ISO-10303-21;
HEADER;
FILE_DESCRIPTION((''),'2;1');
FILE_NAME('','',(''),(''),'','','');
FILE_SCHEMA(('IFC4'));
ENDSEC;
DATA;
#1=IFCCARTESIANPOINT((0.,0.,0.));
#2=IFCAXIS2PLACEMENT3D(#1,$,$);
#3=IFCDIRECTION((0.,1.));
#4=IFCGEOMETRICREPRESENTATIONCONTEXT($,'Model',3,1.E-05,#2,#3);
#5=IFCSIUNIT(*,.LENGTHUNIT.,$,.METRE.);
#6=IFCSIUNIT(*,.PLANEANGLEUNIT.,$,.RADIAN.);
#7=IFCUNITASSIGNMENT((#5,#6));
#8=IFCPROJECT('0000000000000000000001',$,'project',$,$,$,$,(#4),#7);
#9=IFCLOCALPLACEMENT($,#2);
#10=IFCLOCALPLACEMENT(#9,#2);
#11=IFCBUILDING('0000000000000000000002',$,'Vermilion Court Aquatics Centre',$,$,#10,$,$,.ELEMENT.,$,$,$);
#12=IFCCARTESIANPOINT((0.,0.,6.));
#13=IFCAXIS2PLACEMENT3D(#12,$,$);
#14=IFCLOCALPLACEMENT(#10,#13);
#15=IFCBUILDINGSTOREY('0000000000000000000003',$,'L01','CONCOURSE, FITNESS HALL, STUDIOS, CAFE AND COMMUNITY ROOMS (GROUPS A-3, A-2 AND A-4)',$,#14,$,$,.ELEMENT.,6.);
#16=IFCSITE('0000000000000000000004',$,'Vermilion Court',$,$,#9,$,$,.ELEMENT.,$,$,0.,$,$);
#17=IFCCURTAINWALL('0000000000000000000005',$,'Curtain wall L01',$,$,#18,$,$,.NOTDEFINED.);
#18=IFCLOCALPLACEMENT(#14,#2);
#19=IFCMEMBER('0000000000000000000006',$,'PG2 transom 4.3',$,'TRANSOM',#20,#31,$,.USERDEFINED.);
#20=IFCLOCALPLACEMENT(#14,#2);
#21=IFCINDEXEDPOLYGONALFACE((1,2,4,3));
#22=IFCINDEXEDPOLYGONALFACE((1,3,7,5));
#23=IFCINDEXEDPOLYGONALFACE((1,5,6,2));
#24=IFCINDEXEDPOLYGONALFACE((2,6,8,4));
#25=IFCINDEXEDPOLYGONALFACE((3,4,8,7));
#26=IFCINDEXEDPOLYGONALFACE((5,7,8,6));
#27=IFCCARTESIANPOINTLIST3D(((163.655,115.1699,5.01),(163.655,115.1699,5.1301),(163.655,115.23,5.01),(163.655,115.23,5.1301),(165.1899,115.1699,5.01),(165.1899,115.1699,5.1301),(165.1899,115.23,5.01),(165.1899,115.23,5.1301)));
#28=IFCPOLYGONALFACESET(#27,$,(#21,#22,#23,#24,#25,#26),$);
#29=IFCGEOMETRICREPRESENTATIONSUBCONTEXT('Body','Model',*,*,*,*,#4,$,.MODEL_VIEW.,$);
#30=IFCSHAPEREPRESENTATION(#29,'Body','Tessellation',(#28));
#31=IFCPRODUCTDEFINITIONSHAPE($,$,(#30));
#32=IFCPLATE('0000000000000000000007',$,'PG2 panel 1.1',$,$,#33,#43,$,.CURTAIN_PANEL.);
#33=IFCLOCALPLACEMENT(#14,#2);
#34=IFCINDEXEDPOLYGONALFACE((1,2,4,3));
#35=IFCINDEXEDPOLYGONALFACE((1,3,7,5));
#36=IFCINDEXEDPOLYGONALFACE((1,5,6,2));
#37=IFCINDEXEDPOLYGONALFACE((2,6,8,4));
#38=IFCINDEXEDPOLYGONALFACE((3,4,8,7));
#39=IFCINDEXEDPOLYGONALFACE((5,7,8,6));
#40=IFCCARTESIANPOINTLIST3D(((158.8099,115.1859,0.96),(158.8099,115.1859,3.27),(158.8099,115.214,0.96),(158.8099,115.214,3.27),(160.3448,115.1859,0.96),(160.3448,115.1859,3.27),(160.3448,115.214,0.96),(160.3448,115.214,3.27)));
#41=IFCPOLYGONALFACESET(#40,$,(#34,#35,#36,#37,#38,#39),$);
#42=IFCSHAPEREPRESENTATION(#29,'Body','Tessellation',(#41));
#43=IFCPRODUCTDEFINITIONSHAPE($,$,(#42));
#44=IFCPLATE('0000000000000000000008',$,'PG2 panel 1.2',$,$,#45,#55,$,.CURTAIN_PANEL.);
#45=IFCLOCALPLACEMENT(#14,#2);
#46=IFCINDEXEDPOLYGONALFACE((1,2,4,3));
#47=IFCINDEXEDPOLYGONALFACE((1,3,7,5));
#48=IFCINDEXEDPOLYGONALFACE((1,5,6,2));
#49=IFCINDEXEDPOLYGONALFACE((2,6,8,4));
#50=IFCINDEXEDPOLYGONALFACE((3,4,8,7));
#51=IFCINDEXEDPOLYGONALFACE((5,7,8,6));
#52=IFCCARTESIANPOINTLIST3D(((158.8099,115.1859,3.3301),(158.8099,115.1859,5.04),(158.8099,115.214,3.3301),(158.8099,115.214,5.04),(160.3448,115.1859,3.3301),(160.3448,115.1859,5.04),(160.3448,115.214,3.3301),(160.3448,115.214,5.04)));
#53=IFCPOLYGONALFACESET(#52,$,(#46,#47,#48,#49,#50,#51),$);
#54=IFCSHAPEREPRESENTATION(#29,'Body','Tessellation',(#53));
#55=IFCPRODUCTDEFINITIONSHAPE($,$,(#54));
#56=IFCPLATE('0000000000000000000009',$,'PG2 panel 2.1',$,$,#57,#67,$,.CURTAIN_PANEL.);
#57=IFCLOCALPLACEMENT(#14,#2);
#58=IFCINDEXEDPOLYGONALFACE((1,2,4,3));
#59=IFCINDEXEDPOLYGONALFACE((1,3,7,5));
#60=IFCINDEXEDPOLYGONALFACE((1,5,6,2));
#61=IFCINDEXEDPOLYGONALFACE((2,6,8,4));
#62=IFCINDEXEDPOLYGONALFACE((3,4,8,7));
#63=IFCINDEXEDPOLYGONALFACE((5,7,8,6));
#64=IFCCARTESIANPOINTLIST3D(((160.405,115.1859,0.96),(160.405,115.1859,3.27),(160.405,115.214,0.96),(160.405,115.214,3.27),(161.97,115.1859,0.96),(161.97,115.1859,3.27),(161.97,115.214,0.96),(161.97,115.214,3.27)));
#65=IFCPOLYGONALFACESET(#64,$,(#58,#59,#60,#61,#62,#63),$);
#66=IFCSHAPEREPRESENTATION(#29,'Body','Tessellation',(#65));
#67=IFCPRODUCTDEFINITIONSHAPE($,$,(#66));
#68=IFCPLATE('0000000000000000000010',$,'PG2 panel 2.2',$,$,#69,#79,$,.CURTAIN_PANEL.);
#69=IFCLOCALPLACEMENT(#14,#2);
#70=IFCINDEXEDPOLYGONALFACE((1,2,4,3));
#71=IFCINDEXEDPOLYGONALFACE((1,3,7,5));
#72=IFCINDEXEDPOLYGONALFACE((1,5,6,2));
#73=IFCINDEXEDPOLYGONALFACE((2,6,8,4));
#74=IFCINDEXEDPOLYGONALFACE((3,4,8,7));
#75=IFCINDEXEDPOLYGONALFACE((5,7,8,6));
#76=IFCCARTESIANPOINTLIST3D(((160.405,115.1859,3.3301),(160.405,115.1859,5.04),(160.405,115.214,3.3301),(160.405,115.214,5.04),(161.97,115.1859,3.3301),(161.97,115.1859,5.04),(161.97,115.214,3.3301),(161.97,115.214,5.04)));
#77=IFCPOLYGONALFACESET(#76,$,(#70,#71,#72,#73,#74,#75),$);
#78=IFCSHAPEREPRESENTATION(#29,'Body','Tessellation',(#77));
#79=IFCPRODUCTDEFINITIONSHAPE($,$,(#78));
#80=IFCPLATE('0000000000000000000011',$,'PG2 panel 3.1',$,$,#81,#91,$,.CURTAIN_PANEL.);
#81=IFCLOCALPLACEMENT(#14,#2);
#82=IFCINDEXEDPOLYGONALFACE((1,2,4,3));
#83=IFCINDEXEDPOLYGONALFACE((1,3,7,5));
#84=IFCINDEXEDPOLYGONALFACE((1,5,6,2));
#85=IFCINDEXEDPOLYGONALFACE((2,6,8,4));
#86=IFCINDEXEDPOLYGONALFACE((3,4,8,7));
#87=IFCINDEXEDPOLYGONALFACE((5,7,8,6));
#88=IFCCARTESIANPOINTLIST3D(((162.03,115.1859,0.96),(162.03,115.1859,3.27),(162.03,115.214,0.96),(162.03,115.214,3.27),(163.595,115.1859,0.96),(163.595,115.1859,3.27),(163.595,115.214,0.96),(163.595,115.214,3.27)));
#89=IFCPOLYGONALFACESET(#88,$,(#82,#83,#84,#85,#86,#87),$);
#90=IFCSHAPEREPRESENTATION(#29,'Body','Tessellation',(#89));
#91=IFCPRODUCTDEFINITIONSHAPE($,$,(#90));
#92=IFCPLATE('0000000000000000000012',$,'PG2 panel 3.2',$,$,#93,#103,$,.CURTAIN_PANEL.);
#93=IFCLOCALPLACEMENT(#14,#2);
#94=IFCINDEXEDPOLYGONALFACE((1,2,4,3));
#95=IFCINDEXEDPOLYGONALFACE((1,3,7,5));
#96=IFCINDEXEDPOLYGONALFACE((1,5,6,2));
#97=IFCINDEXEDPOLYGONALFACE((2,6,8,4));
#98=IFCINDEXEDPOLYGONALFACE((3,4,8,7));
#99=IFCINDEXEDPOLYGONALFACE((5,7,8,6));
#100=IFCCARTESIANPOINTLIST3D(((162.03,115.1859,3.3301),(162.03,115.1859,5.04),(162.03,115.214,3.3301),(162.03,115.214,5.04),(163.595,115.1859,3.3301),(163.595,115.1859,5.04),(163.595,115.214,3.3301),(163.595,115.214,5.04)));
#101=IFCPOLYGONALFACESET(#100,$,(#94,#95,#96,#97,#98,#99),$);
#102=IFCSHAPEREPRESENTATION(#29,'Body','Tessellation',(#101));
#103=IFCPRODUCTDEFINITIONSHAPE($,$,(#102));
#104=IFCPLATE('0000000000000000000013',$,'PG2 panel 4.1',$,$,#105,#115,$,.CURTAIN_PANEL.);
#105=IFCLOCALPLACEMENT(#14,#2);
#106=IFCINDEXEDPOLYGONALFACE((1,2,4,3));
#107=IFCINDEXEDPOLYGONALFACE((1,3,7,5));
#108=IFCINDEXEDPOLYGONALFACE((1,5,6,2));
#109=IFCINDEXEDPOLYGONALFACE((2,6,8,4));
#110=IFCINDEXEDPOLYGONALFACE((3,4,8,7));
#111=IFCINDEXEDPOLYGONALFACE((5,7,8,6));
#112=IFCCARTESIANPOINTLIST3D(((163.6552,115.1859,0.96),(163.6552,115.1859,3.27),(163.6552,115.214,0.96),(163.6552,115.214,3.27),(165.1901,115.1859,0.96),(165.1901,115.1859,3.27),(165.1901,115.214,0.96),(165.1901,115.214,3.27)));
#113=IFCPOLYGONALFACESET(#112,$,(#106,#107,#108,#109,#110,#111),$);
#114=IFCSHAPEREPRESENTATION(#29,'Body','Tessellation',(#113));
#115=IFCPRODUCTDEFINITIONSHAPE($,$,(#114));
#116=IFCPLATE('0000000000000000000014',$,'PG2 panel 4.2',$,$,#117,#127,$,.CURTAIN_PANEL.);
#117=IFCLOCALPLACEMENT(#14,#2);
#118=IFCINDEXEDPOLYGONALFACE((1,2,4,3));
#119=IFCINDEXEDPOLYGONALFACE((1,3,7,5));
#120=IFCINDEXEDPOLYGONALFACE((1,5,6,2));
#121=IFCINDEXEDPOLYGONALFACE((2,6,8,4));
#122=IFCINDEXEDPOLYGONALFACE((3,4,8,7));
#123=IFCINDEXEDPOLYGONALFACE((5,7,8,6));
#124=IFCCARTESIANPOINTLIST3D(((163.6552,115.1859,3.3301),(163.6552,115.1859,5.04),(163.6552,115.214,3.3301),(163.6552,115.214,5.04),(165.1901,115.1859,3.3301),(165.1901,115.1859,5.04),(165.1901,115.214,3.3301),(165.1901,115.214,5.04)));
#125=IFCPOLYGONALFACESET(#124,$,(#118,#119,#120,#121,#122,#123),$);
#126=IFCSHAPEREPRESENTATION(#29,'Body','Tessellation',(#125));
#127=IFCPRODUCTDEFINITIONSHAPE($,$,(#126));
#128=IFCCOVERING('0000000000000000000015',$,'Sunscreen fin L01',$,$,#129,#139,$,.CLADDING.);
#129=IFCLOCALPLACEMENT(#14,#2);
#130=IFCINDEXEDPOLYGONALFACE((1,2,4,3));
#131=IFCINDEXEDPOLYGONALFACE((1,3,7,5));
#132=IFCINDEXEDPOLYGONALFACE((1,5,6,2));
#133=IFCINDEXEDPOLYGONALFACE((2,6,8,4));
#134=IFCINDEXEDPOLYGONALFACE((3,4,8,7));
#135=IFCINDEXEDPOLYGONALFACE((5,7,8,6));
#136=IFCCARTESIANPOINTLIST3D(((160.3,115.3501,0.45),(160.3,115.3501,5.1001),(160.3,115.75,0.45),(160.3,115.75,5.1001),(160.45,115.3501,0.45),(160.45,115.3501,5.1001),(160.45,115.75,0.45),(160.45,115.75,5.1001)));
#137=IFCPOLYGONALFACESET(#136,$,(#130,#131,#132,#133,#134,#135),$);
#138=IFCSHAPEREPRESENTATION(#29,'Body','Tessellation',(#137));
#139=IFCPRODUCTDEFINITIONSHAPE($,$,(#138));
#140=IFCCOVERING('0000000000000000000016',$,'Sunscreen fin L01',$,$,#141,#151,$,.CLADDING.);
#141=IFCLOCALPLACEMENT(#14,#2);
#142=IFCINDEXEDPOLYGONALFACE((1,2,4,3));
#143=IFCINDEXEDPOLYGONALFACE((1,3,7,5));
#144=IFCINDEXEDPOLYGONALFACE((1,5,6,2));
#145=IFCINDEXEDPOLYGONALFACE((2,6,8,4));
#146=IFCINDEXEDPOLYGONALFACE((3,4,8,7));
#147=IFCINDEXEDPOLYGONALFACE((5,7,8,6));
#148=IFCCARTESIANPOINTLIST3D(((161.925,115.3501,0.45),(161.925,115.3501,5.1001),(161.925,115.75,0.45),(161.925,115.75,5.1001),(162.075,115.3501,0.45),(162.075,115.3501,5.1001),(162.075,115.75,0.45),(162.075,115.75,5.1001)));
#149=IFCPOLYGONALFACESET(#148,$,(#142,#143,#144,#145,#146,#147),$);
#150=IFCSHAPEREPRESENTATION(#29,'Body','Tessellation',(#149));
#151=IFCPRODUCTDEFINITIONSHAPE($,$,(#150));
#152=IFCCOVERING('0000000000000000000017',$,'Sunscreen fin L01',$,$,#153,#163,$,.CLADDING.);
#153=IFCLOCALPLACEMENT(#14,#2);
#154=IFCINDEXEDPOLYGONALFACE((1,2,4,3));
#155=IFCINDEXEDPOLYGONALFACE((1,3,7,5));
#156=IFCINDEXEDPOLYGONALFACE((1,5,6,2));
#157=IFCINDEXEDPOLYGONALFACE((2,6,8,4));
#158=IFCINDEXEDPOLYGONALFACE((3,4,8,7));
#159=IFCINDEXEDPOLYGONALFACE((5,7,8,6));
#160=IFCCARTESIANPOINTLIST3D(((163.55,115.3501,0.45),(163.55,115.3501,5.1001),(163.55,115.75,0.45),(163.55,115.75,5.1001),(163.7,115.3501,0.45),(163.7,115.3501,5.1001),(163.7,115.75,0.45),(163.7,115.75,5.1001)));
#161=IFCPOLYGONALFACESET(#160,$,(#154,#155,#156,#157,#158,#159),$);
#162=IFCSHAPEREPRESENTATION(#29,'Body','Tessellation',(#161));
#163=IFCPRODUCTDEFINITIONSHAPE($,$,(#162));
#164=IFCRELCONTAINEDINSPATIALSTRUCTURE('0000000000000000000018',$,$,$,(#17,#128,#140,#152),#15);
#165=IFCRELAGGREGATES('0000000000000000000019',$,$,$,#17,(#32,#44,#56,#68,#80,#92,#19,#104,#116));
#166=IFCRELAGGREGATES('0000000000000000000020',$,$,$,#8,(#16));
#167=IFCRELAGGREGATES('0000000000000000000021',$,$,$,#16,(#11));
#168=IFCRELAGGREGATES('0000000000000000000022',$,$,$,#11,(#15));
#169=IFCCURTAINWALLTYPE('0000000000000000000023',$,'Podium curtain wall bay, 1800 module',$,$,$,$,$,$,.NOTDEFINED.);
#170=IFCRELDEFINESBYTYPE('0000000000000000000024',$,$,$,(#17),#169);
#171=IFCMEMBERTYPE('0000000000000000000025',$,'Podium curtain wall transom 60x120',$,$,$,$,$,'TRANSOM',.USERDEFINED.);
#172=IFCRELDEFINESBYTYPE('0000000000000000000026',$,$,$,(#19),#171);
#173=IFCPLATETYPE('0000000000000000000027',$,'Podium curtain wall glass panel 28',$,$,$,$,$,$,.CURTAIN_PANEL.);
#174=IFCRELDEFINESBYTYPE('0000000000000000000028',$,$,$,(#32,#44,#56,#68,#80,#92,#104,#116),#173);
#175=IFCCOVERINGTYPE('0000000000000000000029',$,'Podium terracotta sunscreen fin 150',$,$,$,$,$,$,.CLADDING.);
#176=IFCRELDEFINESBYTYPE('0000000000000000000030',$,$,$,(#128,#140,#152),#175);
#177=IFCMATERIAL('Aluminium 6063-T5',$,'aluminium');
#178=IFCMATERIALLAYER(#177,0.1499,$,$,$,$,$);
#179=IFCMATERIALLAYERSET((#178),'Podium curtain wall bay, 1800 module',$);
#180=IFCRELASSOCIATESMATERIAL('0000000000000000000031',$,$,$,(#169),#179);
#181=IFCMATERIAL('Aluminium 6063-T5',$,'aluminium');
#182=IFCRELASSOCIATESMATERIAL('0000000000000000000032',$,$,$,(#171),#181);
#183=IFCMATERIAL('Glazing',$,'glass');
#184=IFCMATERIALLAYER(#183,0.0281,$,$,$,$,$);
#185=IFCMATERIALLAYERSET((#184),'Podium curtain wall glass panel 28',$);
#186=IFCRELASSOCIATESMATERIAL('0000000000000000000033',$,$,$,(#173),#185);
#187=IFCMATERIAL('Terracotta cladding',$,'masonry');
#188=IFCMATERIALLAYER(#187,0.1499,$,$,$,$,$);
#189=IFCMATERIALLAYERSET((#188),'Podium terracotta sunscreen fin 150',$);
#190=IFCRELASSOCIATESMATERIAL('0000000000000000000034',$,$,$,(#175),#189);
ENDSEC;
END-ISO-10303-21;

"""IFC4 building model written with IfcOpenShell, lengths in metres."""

from ifc_helpers import new_model, si_unit, direction, frame, frame_2d, origin, origin_2d, place, context, subcontext, project, spatial, rectangle, extrude, material, layer, layer_set, material_profile, profile_set, type_object, element, aggregate, save


model = new_model("IFC4")

# Units and contexts
model_context = context("Model", 3, precision=1e-05, world=origin(), true_north=direction((0.0, 1.0)))
body_context = subcontext(model_context, "Body", "Model", "MODEL_VIEW")
ifc_project = project(units=[si_unit("LENGTHUNIT", "METRE"), si_unit("PLANEANGLEUNIT", "RADIAN")], contexts=[model_context])

# Site, building, storey
site_placement = place(None, origin())
site = spatial("IfcSite", under=ifc_project, at=site_placement, Name="Vermilion Court", CompositionType="ELEMENT", RefElevation=0.0)
building_placement = place(site_placement, origin())
building = spatial("IfcBuilding", under=site, at=building_placement, Name="Vermilion Court Aquatics Centre", CompositionType="ELEMENT")
storey_placement = place(building_placement, frame((0.0, 0.0, 6.0)))
storey = spatial("IfcBuildingStorey", under=building, at=storey_placement, Name="L01", Description="CONCOURSE, FITNESS HALL, STUDIOS, CAFE AND COMMUNITY ROOMS (GROUPS A-3, A-2 AND A-4)", CompositionType="ELEMENT", Elevation=6.0)

# Curtain wall, member, plates
ifc_material_1 = material(Name="Aluminium 6063-T5", Category="aluminium")
ifc_layer_1 = layer(ifc_material_1, 0.1499)
ifc_layer_set_1 = layer_set([ifc_layer_1], Name="Podium curtain wall bay, 1800 module")
curtain_wall_type = type_object("IfcCurtainWallType", Name="Podium curtain wall bay, 1800 module", PredefinedType="NOTDEFINED", material=ifc_layer_set_1)
curtain_wall_placement = place(storey_placement, origin())
curtain_wall = element("IfcCurtainWall", 1, at=curtain_wall_placement, inside=storey, type_object=curtain_wall_type, Name="Curtain wall L01", PredefinedType="NOTDEFINED")
ifc_material_2 = material(Name="Aluminium 6063-T5", Category="aluminium")
ifc_material_profile_1 = material_profile(ifc_material_2, rectangle(XDim=0.0601, YDim=0.1201, at=origin_2d()), Name="Transom 60x120")
ifc_profile_set_1 = profile_set([ifc_material_profile_1], Name="Aluminium 6063-T5")
member_type_1 = type_object("IfcMemberType", Name="Podium curtain wall transom 60x120", ElementType="TRANSOM", PredefinedType="USERDEFINED", material=ifc_profile_set_1)
member_1_placement = place(storey_placement, frame((163.655, 115.2, 5.0701), z_axis=(1.0, 0.0, 0.0), x_axis=(0.0, 1.0, 0.0)))
member_1 = element("IfcMember", 2, at=member_1_placement, type_object=member_type_1, Name="PG2 transom 4.3", ObjectType="TRANSOM", PredefinedType="USERDEFINED", context=body_context, shape_type="SweptSolid", body=[
    extrude(rectangle(XDim=0.0601, YDim=0.1201, at=origin_2d()), origin(), (0.0, 0.0, 1.0), 1.5349),
])
ifc_material_3 = material(Name="Glazing", Category="glass")
ifc_layer_2 = layer(ifc_material_3, 0.0281)
ifc_layer_set_2 = layer_set([ifc_layer_2], Name="Podium curtain wall glass panel 28")
plate_type = type_object("IfcPlateType", Name="Podium curtain wall glass panel 28", PredefinedType="CURTAIN_PANEL", material=ifc_layer_set_2)
plate_1_placement = place(storey_placement, frame((159.5774, 115.2, 0.96), z_axis=(0.0, 0.0, 1.0), x_axis=(1.0, 0.0, 0.0)))
plate_1 = element("IfcPlate", 3, at=plate_1_placement, type_object=plate_type, Name="PG2 panel 1.1", PredefinedType="CURTAIN_PANEL", context=body_context, shape_type="SweptSolid", body=[
    extrude(rectangle(XDim=1.5349, YDim=0.0281, at=origin_2d()), origin(), (0.0, 0.0, 1.0), 2.3101),
])
plate_2_placement = place(storey_placement, frame((159.5774, 115.2, 3.3301), z_axis=(0.0, 0.0, 1.0), x_axis=(1.0, 0.0, 0.0)))
plate_2 = element("IfcPlate", 4, at=plate_2_placement, type_object=plate_type, Name="PG2 panel 1.2", PredefinedType="CURTAIN_PANEL", context=body_context, shape_type="SweptSolid", body=[
    extrude(rectangle(XDim=1.5349, YDim=0.0281, at=origin_2d()), origin(), (0.0, 0.0, 1.0), 1.71),
])
plate_3_placement = place(storey_placement, frame((161.1875, 115.2, 0.96), z_axis=(0.0, 0.0, 1.0), x_axis=(1.0, 0.0, 0.0)))
plate_3 = element("IfcPlate", 5, at=plate_3_placement, type_object=plate_type, Name="PG2 panel 2.1", PredefinedType="CURTAIN_PANEL", context=body_context, shape_type="SweptSolid", body=[
    extrude(rectangle(XDim=1.5649, YDim=0.0281, at=origin_2d()), origin(), (0.0, 0.0, 1.0), 2.3101),
])
plate_4_placement = place(storey_placement, frame((161.1875, 115.2, 3.3301), z_axis=(0.0, 0.0, 1.0), x_axis=(1.0, 0.0, 0.0)))
plate_4 = element("IfcPlate", 6, at=plate_4_placement, type_object=plate_type, Name="PG2 panel 2.2", PredefinedType="CURTAIN_PANEL", context=body_context, shape_type="SweptSolid", body=[
    extrude(rectangle(XDim=1.5649, YDim=0.0281, at=origin_2d()), origin(), (0.0, 0.0, 1.0), 1.71),
])
plate_5_placement = place(storey_placement, frame((162.8125, 115.2, 0.96), z_axis=(0.0, 0.0, 1.0), x_axis=(1.0, 0.0, 0.0)))
plate_5 = element("IfcPlate", 7, at=plate_5_placement, type_object=plate_type, Name="PG2 panel 3.1", PredefinedType="CURTAIN_PANEL", context=body_context, shape_type="SweptSolid", body=[
    extrude(rectangle(XDim=1.5649, YDim=0.0281, at=origin_2d()), origin(), (0.0, 0.0, 1.0), 2.3101),
])
plate_6_placement = place(storey_placement, frame((162.8125, 115.2, 3.3301), z_axis=(0.0, 0.0, 1.0), x_axis=(1.0, 0.0, 0.0)))
plate_6 = element("IfcPlate", 8, at=plate_6_placement, type_object=plate_type, Name="PG2 panel 3.2", PredefinedType="CURTAIN_PANEL", context=body_context, shape_type="SweptSolid", body=[
    extrude(rectangle(XDim=1.5649, YDim=0.0281, at=origin_2d()), origin(), (0.0, 0.0, 1.0), 1.71),
])
plate_7_placement = place(storey_placement, frame((164.4226, 115.2, 0.96), z_axis=(0.0, 0.0, 1.0), x_axis=(1.0, 0.0, 0.0)))
plate_7 = element("IfcPlate", 9, at=plate_7_placement, type_object=plate_type, Name="PG2 panel 4.1", PredefinedType="CURTAIN_PANEL", context=body_context, shape_type="SweptSolid", body=[
    extrude(rectangle(XDim=1.5349, YDim=0.0281, at=origin_2d()), origin(), (0.0, 0.0, 1.0), 2.3101),
])
plate_8_placement = place(storey_placement, frame((164.4226, 115.2, 3.3301), z_axis=(0.0, 0.0, 1.0), x_axis=(1.0, 0.0, 0.0)))
plate_8 = element("IfcPlate", 10, at=plate_8_placement, type_object=plate_type, Name="PG2 panel 4.2", PredefinedType="CURTAIN_PANEL", context=body_context, shape_type="SweptSolid", body=[
    extrude(rectangle(XDim=1.5349, YDim=0.0281, at=origin_2d()), origin(), (0.0, 0.0, 1.0), 1.71),
])
aggregate(curtain_wall, [plate_1, plate_2, plate_3, plate_4, plate_5, plate_6, member_1, plate_7, plate_8])

# Coverings
ifc_material_4 = material(Name="Terracotta cladding", Category="masonry")
ifc_layer_3 = layer(ifc_material_4, 0.1499)
ifc_layer_set_3 = layer_set([ifc_layer_3], Name="Podium terracotta sunscreen fin 150")
covering_type = type_object("IfcCoveringType", Name="Podium terracotta sunscreen fin 150", PredefinedType="CLADDING", material=ifc_layer_set_3)
for number, where, z_axis, x_axis, name in (
    (11, (160.375, 115.3501, 0.45), (0.0, 0.0, 1.0), (0.0, 1.0, 0.0), "Sunscreen fin L01"),
    (12, (162.0, 115.3501, 0.45), (0.0, 0.0, 1.0), (0.0, 1.0, 0.0), "Sunscreen fin L01"),
    (13, (163.625, 115.3501, 0.45), (0.0, 0.0, 1.0), (0.0, 1.0, 0.0), "Sunscreen fin L01"),
):
    element("IfcCovering", number, at=place(storey_placement, frame(where, z_axis=z_axis, x_axis=x_axis)), inside=storey, type_object=covering_type, Name=name, PredefinedType="CLADDING", context=body_context, shape_type="SweptSolid", body=[
        extrude(rectangle(XDim=0.3999, YDim=0.1499, at=frame_2d((0.2, 0.0))), origin(), (0.0, 0.0, 1.0), 4.6501),
    ])

save(model, "model.ifc")
